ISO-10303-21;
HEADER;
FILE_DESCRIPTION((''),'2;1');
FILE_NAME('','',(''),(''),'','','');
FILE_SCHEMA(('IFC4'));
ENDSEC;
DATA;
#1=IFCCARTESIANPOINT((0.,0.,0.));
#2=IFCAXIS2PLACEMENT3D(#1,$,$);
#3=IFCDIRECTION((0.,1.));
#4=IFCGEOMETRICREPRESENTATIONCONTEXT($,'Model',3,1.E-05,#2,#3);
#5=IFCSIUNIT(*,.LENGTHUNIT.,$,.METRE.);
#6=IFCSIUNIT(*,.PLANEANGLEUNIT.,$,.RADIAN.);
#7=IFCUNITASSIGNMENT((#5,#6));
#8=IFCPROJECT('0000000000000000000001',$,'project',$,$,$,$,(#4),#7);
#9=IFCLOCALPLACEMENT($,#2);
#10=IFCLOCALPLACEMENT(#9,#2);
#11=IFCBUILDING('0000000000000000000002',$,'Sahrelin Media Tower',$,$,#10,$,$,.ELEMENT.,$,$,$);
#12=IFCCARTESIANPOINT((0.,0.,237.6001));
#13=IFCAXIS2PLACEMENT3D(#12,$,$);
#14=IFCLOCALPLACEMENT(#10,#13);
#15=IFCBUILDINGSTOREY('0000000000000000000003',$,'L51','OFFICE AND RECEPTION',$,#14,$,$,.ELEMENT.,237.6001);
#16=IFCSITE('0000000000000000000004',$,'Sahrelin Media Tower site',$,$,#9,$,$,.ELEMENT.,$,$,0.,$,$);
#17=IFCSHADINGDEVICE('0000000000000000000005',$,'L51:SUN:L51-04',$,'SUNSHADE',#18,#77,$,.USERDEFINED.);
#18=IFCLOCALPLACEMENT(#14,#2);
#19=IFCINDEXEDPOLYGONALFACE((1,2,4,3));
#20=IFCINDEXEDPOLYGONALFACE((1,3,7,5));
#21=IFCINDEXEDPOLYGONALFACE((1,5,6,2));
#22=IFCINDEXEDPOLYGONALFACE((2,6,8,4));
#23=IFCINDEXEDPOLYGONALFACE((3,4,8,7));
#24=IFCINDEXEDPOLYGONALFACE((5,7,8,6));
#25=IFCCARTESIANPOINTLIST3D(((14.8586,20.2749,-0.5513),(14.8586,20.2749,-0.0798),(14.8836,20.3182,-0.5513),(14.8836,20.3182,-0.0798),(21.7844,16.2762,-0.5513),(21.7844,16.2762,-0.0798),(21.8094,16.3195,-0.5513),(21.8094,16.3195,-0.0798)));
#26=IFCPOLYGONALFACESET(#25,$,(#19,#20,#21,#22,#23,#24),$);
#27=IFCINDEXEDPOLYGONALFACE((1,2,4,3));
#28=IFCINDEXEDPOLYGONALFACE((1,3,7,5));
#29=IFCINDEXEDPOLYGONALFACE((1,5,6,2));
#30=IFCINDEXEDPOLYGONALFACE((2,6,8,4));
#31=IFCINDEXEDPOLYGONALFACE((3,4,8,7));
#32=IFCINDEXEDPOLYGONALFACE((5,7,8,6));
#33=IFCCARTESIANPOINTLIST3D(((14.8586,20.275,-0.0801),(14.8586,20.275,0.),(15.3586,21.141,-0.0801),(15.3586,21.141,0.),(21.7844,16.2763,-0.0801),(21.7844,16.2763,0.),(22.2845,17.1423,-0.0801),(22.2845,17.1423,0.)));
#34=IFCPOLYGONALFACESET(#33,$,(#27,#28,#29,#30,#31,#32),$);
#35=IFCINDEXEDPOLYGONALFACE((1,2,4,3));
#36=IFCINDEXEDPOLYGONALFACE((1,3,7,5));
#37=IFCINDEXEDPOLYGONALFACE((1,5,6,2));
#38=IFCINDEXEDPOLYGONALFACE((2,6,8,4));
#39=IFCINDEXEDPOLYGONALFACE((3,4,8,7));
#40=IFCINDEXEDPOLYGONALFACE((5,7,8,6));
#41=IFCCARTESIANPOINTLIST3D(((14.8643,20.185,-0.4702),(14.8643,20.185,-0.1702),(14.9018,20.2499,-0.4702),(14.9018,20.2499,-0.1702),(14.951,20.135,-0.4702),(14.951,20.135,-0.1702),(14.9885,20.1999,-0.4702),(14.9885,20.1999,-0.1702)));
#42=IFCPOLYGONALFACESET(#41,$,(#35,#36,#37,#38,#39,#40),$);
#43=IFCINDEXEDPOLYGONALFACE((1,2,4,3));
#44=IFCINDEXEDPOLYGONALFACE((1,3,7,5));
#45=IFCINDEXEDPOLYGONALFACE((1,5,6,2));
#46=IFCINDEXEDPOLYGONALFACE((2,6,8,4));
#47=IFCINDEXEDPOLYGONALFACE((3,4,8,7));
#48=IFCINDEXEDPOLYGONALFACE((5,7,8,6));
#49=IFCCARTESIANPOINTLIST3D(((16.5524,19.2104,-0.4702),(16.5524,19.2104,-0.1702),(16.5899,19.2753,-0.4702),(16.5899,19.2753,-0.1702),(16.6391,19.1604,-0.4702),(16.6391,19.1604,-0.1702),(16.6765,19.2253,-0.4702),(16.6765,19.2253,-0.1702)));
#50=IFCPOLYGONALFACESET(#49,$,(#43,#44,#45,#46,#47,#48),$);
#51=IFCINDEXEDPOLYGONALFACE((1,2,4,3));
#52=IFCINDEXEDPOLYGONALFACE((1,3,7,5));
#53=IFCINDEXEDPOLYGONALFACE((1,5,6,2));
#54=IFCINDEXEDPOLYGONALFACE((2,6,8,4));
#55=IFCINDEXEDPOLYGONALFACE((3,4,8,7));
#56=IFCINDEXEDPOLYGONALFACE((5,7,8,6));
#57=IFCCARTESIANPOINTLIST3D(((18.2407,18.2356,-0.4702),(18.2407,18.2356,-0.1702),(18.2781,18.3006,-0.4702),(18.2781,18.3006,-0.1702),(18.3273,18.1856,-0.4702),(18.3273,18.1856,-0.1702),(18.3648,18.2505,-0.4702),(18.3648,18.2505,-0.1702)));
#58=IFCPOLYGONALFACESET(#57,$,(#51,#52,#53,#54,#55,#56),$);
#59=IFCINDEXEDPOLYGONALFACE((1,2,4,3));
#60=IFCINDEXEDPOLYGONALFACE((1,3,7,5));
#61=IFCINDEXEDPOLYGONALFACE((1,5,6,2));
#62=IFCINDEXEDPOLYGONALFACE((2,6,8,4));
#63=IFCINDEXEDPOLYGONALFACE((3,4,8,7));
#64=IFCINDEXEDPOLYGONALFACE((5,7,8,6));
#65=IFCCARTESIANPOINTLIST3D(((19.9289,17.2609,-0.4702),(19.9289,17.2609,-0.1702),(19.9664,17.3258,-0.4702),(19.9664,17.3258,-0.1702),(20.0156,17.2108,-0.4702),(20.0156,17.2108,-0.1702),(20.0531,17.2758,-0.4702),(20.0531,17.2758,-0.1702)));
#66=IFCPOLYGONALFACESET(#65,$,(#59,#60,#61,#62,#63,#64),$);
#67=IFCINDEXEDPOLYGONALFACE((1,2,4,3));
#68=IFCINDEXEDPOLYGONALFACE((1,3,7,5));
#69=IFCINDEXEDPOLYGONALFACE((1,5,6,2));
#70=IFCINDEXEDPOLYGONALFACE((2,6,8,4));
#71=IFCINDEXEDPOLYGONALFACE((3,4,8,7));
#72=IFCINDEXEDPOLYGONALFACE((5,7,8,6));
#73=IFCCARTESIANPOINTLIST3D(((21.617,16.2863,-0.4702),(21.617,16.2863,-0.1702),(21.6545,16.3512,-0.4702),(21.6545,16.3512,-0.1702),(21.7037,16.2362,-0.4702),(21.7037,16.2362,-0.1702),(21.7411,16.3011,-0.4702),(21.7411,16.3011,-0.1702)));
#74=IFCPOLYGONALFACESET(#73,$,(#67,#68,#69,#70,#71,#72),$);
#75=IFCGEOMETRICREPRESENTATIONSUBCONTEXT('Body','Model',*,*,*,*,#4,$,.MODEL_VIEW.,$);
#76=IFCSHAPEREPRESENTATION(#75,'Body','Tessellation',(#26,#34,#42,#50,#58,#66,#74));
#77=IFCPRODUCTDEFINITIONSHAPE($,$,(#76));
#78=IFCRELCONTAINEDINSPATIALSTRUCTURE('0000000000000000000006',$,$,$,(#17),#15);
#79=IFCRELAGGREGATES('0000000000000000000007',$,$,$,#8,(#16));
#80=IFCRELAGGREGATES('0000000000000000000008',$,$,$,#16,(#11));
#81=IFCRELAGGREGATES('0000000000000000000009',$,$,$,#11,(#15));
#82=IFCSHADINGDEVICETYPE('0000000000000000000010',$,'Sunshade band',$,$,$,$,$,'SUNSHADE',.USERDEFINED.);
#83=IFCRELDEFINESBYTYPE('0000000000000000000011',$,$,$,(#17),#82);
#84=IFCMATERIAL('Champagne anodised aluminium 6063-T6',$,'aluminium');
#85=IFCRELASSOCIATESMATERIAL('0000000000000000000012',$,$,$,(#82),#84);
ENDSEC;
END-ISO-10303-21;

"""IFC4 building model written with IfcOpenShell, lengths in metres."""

from ifc_helpers import new_model, si_unit, direction, frame, origin, origin_2d, place, context, subcontext, project, spatial, rectangle, extrude, material, type_object, element, save


model = new_model("IFC4")

# Units and contexts
model_context = context("Model", 3, precision=1e-05, world=origin(), true_north=direction((0.0, 1.0)))
body_context = subcontext(model_context, "Body", "Model", "MODEL_VIEW")
ifc_project = project(units=[si_unit("LENGTHUNIT", "METRE"), si_unit("PLANEANGLEUNIT", "RADIAN")], contexts=[model_context])

# Site, building, storey
site_placement = place(None, origin())
site = spatial("IfcSite", under=ifc_project, at=site_placement, Name="Sahrelin Media Tower site", CompositionType="ELEMENT", RefElevation=0.0)
building_placement = place(site_placement, origin())
building = spatial("IfcBuilding", under=site, at=building_placement, Name="Sahrelin Media Tower", CompositionType="ELEMENT")
storey_placement = place(building_placement, frame((0.0, 0.0, 237.6001)))
storey = spatial("IfcBuildingStorey", under=building, at=storey_placement, Name="L51", Description="OFFICE AND RECEPTION", CompositionType="ELEMENT", Elevation=237.6001)

# Shared definitions
ifc_material_1 = material(Name="Champagne anodised aluminium 6063-T6", Category="aluminium")

# Shading device
placement_1 = place(storey_placement, frame((18.3115, 18.2583, 0.0), z_axis=(0.0, 0.0, 1.0), x_axis=(0.866019, -0.500011, 0.0)))
shading_device_type_1 = type_object("IfcShadingDeviceType", Name="Sunshade band", ElementType="SUNSHADE", PredefinedType="USERDEFINED", material=ifc_material_1)
element("IfcShadingDevice", 1, at=placement_1, inside=storey, type_object=shading_device_type_1, Name="L51:SUN:L51-04", ObjectType="SUNSHADE", PredefinedType="USERDEFINED", context=body_context, shape_type="SweptSolid", body=[
    extrude(rectangle(XDim=7.9973, YDim=0.05, at=origin_2d()), frame((0.0, 0.0449, -0.5513)), (0.0, 0.0, 1.0), 0.4714),
    extrude(rectangle(XDim=7.9973, YDim=1.0, at=origin_2d()), frame((0.0, 0.52, -0.0801)), (0.0, 0.0, 1.0), 0.0801),
    extrude(rectangle(XDim=0.1001, YDim=0.075, at=origin_2d()), frame((-3.8987, -0.0176, -0.4702)), (0.0, 0.0, 1.0), 0.3),
    extrude(rectangle(XDim=0.1001, YDim=0.075, at=origin_2d()), frame((-1.9495, -0.0176, -0.4702)), (0.0, 0.0, 1.0), 0.3),
    extrude(rectangle(XDim=0.1001, YDim=0.075, at=origin_2d()), frame((0.0, -0.0176, -0.4702)), (0.0, 0.0, 1.0), 0.3),
    extrude(rectangle(XDim=0.1001, YDim=0.075, at=origin_2d()), frame((1.9495, -0.0176, -0.4702)), (0.0, 0.0, 1.0), 0.3),
    extrude(rectangle(XDim=0.1001, YDim=0.075, at=origin_2d()), frame((3.8987, -0.0176, -0.4702)), (0.0, 0.0, 1.0), 0.3),
])

save(model, "model.ifc")
